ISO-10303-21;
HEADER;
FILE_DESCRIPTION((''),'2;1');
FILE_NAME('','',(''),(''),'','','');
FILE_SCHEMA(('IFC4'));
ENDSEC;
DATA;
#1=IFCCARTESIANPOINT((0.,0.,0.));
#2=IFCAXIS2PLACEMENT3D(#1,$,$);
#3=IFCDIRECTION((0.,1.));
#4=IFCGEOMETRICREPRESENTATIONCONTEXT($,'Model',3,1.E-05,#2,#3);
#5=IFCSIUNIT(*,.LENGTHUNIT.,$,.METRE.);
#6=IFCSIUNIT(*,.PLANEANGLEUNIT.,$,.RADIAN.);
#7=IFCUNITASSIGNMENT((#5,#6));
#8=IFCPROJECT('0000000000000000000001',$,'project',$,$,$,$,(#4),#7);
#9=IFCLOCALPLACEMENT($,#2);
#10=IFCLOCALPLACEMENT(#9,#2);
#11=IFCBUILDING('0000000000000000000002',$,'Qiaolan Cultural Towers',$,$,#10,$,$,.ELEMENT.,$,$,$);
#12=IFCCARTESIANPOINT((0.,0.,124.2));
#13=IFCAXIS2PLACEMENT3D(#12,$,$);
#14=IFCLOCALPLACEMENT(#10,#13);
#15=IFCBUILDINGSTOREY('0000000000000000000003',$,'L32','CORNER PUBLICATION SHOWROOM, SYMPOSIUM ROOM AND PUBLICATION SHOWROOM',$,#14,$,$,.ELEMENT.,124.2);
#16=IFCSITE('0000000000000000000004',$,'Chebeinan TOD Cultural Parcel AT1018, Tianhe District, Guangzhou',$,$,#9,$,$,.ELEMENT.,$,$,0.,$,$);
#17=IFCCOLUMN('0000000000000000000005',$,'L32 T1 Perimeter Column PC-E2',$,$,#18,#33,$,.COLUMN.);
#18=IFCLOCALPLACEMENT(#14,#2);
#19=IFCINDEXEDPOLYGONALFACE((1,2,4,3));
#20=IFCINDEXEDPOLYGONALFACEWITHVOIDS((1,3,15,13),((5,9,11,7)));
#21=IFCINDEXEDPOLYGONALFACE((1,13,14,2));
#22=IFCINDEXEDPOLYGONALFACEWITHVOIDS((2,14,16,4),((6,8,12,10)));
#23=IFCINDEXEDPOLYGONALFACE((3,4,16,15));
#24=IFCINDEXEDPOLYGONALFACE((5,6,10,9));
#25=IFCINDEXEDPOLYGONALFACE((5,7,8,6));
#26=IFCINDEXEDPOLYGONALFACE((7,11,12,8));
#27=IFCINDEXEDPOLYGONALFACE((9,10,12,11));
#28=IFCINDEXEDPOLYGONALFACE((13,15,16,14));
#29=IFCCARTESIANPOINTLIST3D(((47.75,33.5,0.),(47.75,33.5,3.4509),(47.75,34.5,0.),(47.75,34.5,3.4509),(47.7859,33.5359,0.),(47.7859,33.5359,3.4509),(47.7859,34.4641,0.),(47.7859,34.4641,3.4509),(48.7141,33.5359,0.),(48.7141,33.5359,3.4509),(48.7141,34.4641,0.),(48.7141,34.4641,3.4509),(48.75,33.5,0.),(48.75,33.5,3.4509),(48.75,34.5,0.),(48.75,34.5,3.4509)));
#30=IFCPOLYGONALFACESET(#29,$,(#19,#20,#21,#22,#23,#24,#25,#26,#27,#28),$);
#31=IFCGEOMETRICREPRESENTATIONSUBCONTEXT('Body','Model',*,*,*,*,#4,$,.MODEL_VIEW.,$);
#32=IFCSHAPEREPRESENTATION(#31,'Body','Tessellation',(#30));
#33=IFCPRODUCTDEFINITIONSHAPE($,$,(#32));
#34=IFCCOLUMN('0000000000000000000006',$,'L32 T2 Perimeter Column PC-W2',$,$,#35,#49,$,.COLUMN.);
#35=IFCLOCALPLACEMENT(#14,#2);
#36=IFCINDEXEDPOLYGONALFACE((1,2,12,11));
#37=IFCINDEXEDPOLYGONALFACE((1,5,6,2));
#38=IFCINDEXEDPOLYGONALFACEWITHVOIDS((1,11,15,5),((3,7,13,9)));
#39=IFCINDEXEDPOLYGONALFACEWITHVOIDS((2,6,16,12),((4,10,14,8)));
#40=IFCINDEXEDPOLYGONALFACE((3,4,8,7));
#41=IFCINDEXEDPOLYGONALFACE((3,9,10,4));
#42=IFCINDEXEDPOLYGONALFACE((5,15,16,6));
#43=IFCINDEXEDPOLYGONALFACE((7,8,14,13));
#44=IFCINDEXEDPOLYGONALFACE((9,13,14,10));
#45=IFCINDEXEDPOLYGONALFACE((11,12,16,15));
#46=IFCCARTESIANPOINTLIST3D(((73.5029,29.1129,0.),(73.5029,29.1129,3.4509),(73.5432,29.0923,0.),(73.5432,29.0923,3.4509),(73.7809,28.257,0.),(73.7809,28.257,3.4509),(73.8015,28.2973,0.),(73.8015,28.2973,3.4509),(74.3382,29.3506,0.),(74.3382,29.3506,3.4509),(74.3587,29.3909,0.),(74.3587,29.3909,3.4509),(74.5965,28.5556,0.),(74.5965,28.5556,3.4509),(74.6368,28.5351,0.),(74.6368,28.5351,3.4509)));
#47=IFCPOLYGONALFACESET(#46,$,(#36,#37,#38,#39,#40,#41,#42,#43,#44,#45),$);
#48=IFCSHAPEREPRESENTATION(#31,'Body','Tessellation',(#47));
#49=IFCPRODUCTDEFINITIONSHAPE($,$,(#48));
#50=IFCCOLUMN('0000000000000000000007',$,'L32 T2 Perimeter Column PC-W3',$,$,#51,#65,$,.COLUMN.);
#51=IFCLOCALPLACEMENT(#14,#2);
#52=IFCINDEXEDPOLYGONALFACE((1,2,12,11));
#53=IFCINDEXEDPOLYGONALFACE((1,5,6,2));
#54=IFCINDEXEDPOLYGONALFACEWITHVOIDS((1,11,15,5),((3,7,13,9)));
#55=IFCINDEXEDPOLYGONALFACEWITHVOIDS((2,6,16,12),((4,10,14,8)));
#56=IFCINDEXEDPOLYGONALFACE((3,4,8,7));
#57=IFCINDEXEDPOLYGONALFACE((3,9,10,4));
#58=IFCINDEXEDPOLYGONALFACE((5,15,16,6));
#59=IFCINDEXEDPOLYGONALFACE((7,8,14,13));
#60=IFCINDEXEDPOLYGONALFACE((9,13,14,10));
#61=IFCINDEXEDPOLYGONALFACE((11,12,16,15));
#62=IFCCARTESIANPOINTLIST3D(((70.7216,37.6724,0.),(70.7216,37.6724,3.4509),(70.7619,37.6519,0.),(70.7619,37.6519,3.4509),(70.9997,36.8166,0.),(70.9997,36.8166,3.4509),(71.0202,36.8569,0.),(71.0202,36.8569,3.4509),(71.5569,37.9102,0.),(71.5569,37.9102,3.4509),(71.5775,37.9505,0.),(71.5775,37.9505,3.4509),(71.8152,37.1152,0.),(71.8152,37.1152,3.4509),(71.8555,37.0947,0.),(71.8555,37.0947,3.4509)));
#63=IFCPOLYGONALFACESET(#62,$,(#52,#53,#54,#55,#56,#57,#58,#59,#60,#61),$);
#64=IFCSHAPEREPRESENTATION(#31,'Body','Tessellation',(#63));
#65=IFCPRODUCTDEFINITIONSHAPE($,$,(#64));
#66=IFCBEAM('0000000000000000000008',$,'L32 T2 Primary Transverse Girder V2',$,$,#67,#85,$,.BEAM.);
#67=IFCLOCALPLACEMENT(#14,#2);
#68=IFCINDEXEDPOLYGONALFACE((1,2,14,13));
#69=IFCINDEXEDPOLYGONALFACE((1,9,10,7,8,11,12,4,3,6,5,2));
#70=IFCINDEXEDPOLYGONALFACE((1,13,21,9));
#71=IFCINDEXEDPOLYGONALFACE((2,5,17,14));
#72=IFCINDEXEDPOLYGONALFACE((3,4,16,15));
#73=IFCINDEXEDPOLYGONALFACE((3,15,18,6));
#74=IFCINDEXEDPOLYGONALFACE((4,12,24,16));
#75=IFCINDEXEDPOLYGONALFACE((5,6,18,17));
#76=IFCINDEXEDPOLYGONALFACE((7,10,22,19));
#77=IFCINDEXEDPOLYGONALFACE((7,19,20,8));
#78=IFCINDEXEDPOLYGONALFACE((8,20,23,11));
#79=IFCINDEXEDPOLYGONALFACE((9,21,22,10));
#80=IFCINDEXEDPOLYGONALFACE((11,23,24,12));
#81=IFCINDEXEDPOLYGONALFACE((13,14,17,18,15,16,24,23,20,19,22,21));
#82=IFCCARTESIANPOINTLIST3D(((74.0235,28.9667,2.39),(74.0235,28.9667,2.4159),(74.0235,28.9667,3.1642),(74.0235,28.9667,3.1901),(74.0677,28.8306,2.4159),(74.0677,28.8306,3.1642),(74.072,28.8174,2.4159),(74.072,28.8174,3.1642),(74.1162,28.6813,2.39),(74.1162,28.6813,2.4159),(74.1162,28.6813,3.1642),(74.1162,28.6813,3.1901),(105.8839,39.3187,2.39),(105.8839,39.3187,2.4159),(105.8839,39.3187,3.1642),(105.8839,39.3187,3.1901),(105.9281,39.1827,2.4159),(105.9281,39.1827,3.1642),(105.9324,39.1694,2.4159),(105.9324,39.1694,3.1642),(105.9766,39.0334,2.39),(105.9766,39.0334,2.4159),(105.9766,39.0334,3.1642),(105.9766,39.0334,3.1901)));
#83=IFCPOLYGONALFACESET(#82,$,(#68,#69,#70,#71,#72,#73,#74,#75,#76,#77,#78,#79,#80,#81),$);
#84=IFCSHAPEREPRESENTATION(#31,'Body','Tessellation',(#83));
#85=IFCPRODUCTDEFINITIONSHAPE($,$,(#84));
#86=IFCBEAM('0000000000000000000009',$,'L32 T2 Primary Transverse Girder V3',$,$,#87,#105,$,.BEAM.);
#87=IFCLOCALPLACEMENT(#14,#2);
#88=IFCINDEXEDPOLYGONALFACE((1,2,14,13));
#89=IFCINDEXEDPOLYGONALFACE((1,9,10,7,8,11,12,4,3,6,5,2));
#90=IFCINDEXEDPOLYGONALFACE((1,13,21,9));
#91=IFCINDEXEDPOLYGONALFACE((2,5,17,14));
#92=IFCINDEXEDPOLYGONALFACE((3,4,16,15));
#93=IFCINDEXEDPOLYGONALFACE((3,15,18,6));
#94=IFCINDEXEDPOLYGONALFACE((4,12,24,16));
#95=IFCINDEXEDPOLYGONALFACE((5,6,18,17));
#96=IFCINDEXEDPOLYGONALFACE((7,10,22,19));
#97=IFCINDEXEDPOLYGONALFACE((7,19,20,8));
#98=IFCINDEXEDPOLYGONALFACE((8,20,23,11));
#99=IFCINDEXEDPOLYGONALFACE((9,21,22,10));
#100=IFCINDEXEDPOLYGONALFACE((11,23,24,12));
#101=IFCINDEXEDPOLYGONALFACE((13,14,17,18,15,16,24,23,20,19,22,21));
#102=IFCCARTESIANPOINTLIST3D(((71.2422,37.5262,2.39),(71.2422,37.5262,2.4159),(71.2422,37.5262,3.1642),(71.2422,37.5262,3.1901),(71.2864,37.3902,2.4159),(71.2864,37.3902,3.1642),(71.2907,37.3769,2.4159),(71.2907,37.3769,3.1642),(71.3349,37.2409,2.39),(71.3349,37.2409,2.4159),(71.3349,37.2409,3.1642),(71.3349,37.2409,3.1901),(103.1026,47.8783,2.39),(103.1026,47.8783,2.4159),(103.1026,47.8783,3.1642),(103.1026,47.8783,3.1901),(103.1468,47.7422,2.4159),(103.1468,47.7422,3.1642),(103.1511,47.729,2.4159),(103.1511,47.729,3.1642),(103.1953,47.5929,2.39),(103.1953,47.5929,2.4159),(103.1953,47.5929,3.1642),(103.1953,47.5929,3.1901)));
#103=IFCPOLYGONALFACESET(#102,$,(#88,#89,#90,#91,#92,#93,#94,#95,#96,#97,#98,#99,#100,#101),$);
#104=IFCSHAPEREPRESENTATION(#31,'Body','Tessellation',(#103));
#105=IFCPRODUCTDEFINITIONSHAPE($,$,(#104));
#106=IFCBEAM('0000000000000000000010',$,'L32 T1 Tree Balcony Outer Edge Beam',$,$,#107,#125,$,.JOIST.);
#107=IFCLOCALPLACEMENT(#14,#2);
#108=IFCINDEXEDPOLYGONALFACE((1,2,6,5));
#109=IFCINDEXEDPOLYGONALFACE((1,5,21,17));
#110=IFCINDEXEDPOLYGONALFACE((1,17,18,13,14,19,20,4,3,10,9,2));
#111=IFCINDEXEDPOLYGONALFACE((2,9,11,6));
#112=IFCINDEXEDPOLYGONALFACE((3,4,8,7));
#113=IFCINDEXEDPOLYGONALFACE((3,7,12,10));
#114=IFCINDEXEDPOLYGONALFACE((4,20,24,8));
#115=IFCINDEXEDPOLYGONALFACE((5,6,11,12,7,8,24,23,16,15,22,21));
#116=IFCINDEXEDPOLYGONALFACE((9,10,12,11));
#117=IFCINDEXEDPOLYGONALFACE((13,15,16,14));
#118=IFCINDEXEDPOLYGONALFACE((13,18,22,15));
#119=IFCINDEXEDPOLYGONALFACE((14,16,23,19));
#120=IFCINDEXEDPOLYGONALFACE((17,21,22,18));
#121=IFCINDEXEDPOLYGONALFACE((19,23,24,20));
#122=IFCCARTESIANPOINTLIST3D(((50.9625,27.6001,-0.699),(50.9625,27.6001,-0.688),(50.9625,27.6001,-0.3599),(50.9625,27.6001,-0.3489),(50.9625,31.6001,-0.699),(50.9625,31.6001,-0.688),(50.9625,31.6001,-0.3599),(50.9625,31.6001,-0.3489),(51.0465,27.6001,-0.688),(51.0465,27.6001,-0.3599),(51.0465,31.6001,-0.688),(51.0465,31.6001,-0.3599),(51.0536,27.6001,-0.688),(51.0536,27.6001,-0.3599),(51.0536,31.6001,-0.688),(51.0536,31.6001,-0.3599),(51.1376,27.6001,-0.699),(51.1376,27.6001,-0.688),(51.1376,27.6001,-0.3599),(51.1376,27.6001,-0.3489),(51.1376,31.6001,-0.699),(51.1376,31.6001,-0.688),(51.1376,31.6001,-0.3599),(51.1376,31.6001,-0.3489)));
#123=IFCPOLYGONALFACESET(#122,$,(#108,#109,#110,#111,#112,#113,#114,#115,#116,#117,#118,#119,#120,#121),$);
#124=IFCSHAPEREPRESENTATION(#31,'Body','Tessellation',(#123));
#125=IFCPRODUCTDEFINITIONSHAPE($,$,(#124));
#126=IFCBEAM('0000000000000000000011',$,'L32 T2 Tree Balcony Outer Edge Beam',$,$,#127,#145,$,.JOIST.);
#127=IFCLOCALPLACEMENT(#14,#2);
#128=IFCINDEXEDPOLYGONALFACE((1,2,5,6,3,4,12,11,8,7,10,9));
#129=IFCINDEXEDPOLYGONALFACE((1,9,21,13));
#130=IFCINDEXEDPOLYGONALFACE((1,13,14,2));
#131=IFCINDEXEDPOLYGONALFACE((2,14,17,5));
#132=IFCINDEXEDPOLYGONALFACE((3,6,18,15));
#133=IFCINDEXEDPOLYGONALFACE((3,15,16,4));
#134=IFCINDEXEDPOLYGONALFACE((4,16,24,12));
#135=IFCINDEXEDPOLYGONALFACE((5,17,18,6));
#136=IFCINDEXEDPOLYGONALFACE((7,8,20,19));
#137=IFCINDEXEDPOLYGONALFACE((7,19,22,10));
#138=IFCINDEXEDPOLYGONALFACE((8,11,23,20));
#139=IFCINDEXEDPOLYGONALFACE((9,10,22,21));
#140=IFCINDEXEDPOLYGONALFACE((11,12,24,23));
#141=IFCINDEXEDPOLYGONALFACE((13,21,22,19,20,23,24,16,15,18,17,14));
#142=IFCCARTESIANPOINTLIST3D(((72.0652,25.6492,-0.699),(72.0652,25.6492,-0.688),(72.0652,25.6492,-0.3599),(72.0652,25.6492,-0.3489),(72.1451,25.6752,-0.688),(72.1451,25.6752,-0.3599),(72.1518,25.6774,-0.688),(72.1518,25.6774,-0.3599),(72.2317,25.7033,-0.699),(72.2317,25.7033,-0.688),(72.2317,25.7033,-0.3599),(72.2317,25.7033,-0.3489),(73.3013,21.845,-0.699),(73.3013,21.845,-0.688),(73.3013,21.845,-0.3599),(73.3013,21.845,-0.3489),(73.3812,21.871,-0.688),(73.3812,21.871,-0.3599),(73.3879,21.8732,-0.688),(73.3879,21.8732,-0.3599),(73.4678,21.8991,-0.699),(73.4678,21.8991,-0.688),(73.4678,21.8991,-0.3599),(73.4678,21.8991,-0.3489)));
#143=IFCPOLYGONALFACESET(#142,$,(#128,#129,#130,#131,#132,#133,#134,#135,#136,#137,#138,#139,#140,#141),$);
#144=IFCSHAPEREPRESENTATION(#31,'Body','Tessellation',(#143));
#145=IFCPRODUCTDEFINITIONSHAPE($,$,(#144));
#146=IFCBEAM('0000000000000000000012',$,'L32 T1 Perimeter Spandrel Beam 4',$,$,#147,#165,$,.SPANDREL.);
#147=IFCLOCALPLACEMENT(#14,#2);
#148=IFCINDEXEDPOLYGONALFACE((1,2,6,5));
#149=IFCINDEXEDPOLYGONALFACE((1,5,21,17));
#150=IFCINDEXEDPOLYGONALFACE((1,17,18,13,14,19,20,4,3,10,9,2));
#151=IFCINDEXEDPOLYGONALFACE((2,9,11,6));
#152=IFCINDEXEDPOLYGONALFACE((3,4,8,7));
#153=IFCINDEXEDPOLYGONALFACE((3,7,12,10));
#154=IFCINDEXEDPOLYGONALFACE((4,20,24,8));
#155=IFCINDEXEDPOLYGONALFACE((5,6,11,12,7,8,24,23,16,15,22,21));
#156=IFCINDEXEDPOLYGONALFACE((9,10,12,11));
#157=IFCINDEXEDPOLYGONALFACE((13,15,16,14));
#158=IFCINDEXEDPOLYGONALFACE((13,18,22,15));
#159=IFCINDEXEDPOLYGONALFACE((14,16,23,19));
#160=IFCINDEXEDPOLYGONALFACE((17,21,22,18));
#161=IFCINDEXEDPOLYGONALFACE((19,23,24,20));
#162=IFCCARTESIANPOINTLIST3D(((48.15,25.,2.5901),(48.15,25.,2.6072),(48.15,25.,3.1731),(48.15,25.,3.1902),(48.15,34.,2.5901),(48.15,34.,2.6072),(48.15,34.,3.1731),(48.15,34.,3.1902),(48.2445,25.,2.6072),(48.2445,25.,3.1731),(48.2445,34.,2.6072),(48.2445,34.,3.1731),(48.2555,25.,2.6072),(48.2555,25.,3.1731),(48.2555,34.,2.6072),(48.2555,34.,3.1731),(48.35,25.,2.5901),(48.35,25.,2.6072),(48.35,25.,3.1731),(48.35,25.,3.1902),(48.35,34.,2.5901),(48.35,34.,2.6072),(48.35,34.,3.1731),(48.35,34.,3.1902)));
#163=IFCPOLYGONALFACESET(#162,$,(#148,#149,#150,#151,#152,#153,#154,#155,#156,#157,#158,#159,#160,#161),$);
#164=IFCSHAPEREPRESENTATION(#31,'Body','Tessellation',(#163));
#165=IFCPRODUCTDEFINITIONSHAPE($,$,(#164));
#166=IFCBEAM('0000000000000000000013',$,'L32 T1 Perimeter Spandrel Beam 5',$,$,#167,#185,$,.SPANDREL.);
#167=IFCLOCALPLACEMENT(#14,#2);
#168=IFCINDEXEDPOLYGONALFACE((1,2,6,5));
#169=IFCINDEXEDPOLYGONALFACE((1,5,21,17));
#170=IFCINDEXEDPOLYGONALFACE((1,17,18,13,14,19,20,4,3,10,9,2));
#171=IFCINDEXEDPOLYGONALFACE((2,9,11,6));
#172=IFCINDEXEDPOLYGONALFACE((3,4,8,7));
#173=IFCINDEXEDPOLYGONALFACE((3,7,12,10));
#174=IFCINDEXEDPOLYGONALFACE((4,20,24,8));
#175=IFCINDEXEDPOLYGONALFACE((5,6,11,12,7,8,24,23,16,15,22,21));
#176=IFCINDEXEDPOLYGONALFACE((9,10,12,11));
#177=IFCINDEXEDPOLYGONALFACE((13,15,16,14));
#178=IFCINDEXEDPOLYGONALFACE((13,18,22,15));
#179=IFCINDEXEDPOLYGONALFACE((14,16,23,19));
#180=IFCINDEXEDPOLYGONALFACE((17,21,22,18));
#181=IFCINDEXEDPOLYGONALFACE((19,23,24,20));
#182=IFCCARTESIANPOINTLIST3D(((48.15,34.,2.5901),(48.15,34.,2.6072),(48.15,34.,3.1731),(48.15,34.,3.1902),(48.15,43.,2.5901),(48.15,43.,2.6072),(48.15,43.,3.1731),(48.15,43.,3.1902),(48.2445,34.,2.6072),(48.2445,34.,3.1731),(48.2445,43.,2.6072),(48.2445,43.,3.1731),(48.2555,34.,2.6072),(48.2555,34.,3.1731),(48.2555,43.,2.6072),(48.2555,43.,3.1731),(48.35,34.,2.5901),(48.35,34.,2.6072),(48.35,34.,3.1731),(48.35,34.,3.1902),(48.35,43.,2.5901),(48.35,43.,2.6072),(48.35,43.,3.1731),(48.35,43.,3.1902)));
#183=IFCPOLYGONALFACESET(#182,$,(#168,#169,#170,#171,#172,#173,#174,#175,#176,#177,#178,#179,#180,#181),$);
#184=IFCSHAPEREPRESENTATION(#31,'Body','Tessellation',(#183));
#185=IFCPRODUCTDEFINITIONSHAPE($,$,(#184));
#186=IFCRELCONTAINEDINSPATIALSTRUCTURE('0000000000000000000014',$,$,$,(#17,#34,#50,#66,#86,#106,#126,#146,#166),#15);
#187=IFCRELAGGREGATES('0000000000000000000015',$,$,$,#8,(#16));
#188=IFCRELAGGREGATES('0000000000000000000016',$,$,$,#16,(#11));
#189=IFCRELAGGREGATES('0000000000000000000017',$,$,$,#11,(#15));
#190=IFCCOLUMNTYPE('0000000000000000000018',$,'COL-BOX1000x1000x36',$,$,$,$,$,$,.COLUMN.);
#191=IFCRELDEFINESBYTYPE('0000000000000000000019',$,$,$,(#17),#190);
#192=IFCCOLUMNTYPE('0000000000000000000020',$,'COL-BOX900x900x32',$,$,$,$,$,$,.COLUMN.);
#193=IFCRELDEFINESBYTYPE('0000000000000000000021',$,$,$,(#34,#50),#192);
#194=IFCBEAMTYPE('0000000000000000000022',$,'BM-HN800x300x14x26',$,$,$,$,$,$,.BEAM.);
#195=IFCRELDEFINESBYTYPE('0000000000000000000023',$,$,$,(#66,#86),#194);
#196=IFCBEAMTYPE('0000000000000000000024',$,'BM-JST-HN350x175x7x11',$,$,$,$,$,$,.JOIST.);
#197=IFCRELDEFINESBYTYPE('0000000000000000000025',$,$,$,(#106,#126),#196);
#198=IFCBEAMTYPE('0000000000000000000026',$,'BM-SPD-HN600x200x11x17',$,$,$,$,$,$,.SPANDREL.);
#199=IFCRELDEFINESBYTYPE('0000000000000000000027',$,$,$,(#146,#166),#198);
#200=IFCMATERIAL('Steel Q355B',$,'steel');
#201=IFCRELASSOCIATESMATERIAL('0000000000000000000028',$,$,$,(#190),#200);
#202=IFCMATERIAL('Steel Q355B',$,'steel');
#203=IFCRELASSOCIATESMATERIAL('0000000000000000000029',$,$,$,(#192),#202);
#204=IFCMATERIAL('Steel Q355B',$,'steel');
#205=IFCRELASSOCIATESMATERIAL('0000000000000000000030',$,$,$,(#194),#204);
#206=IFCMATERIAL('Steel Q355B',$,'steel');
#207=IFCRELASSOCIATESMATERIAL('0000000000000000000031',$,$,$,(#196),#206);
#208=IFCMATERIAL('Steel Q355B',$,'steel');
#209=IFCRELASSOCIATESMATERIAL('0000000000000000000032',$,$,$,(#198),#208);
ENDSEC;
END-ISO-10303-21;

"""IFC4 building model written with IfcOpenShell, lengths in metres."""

from ifc_helpers import new_model, si_unit, direction, frame, origin, origin_2d, place, context, subcontext, project, spatial, hollow_rectangle, i_section, extrude, material, material_profile, profile_set, type_object, element, save


model = new_model("IFC4")

# Units and contexts
model_context = context("Model", 3, precision=1e-05, world=origin(), true_north=direction((0.0, 1.0)))
body_context = subcontext(model_context, "Body", "Model", "MODEL_VIEW")
ifc_project = project(units=[si_unit("LENGTHUNIT", "METRE"), si_unit("PLANEANGLEUNIT", "RADIAN")], contexts=[model_context])

# Site, building, storey
site_placement = place(None, origin())
site = spatial("IfcSite", under=ifc_project, at=site_placement, Name="Chebeinan TOD Cultural Parcel AT1018, Tianhe District, Guangzhou", CompositionType="ELEMENT", RefElevation=0.0)
building_placement = place(site_placement, origin())
building = spatial("IfcBuilding", under=site, at=building_placement, Name="Qiaolan Cultural Towers", CompositionType="ELEMENT")
storey_placement = place(building_placement, frame((0.0, 0.0, 124.2)))
storey = spatial("IfcBuildingStorey", under=building, at=storey_placement, Name="L32", Description="CORNER PUBLICATION SHOWROOM, SYMPOSIUM ROOM AND PUBLICATION SHOWROOM", CompositionType="ELEMENT", Elevation=124.2)

# Columns
ifc_material_1 = material(Name="Steel Q355B", Category="steel")
ifc_material_profile_1 = material_profile(ifc_material_1, hollow_rectangle(XDim=1.0, YDim=1.0, WallThickness=0.0359, at=origin_2d()), Name="BOX1000x1000x36")
ifc_profile_set_1 = profile_set([ifc_material_profile_1], Name="Steel Q355B")
column_type_1 = type_object("IfcColumnType", Name="COL-BOX1000x1000x36", PredefinedType="COLUMN", material=ifc_profile_set_1)
column_placement = place(storey_placement, frame((48.25, 34.0, 0.0), z_axis=(0.0, 0.0, 1.0), x_axis=(1.0, 0.0, 0.0)))
element("IfcColumn", 1, at=column_placement, inside=storey, type_object=column_type_1, Name="L32 T1 Perimeter Column PC-E2", PredefinedType="COLUMN", context=body_context, shape_type="SweptSolid", body=[
    extrude(hollow_rectangle(XDim=1.0, YDim=1.0, WallThickness=0.0359, at=origin_2d()), origin(), (0.0, 0.0, 1.0), 3.4509),
])
ifc_material_2 = material(Name="Steel Q355B", Category="steel")
ifc_material_profile_2 = material_profile(ifc_material_2, hollow_rectangle(XDim=0.8999, YDim=0.8999, WallThickness=0.032, at=origin_2d()), Name="BOX900x900x32")
ifc_profile_set_2 = profile_set([ifc_material_profile_2], Name="Steel Q355B")
column_type_2 = type_object("IfcColumnType", Name="COL-BOX900x900x32", PredefinedType="COLUMN", material=ifc_profile_set_2)
for number, where, z_axis, x_axis, name in (
    (2, (74.0698, 28.824, 0.0), (0.0, 0.0, 1.0), (0.951057, 0.309017, 0.0), "L32 T2 Perimeter Column PC-W2"),
    (3, (71.2886, 37.3835, 0.0), (0.0, 0.0, 1.0), (0.951057, 0.309017, 0.0), "L32 T2 Perimeter Column PC-W3"),
):
    element("IfcColumn", number, at=place(storey_placement, frame(where, z_axis=z_axis, x_axis=x_axis)), inside=storey, type_object=column_type_2, Name=name, PredefinedType="COLUMN", context=body_context, shape_type="SweptSolid", body=[
        extrude(hollow_rectangle(XDim=0.8999, YDim=0.8999, WallThickness=0.032, at=origin_2d()), origin(), (0.0, 0.0, 1.0), 3.4509),
    ])

# Beams
ifc_material_3 = material(Name="Steel Q355B", Category="steel")
ifc_material_profile_3 = material_profile(ifc_material_3, i_section(OverallWidth=0.3, OverallDepth=0.8, WebThickness=0.0139, FlangeThickness=0.0259, at=origin_2d()), Name="HN800x300x14x26")
ifc_profile_set_3 = profile_set([ifc_material_profile_3], Name="Steel Q355B")
beam_type_1 = type_object("IfcBeamType", Name="BM-HN800x300x14x26", PredefinedType="BEAM", material=ifc_profile_set_3)
for number, where, z_axis, x_axis, name in (
    (4, (74.0698, 28.824, 2.79), (0.951057, 0.309017, 0.0), (-0.309017, 0.951057, 0.0), "L32 T2 Primary Transverse Girder V2"),
    (5, (71.2886, 37.3835, 2.79), (0.951057, 0.309017, 0.0), (-0.309017, 0.951057, 0.0), "L32 T2 Primary Transverse Girder V3"),
):
    element("IfcBeam", number, at=place(storey_placement, frame(where, z_axis=z_axis, x_axis=x_axis)), inside=storey, type_object=beam_type_1, Name=name, PredefinedType="BEAM", context=body_context, shape_type="SweptSolid", body=[
        extrude(i_section(OverallWidth=0.3, OverallDepth=0.8, WebThickness=0.0139, FlangeThickness=0.0259, at=origin_2d()), origin(), (0.0, 0.0, 1.0), 33.5),
    ])
ifc_material_4 = material(Name="Steel Q355B", Category="steel")
ifc_material_profile_4 = material_profile(ifc_material_4, i_section(OverallWidth=0.175, OverallDepth=0.3501, WebThickness=0.0071, FlangeThickness=0.011, at=origin_2d()), Name="HN350x175x7x11")
ifc_profile_set_4 = profile_set([ifc_material_profile_4], Name="Steel Q355B")
beam_type_2 = type_object("IfcBeamType", Name="BM-JST-HN350x175x7x11", PredefinedType="JOIST", material=ifc_profile_set_4)
for number, where, z_axis, x_axis, name in (
    (6, (51.05, 27.6001, -0.5239), (0.0, 1.0, 0.0), (-1.0, 0.0, 0.0), "L32 T1 Tree Balcony Outer Edge Beam"),
    (7, (73.3845, 21.8721, -0.5239), (-0.309023, 0.951055, 0.0), (-0.951055, -0.309023, 0.0), "L32 T2 Tree Balcony Outer Edge Beam"),
):
    element("IfcBeam", number, at=place(storey_placement, frame(where, z_axis=z_axis, x_axis=x_axis)), inside=storey, type_object=beam_type_2, Name=name, PredefinedType="JOIST", context=body_context, shape_type="SweptSolid", body=[
        extrude(i_section(OverallWidth=0.175, OverallDepth=0.3501, WebThickness=0.0071, FlangeThickness=0.011, at=origin_2d()), origin(), (0.0, 0.0, 1.0), 4.0),
    ])
ifc_material_5 = material(Name="Steel Q355B", Category="steel")
ifc_material_profile_5 = material_profile(ifc_material_5, i_section(OverallWidth=0.2, OverallDepth=0.6001, WebThickness=0.011, FlangeThickness=0.0171, at=origin_2d()), Name="HN600x200x11x17")
ifc_profile_set_5 = profile_set([ifc_material_profile_5], Name="Steel Q355B")
beam_type_3 = type_object("IfcBeamType", Name="BM-SPD-HN600x200x11x17", PredefinedType="SPANDREL", material=ifc_profile_set_5)
for number, where, z_axis, x_axis, name in (
    (8, (48.25, 25.0, 2.8901), (0.0, 1.0, 0.0), (-1.0, 0.0, 0.0), "L32 T1 Perimeter Spandrel Beam 4"),
    (9, (48.25, 34.0, 2.8901), (0.0, 1.0, 0.0), (-1.0, 0.0, 0.0), "L32 T1 Perimeter Spandrel Beam 5"),
):
    element("IfcBeam", number, at=place(storey_placement, frame(where, z_axis=z_axis, x_axis=x_axis)), inside=storey, type_object=beam_type_3, Name=name, PredefinedType="SPANDREL", context=body_context, shape_type="SweptSolid", body=[
        extrude(i_section(OverallWidth=0.2, OverallDepth=0.6001, WebThickness=0.011, FlangeThickness=0.0171, at=origin_2d()), origin(), (0.0, 0.0, 1.0), 9.0),
    ])

save(model, "model.ifc")
